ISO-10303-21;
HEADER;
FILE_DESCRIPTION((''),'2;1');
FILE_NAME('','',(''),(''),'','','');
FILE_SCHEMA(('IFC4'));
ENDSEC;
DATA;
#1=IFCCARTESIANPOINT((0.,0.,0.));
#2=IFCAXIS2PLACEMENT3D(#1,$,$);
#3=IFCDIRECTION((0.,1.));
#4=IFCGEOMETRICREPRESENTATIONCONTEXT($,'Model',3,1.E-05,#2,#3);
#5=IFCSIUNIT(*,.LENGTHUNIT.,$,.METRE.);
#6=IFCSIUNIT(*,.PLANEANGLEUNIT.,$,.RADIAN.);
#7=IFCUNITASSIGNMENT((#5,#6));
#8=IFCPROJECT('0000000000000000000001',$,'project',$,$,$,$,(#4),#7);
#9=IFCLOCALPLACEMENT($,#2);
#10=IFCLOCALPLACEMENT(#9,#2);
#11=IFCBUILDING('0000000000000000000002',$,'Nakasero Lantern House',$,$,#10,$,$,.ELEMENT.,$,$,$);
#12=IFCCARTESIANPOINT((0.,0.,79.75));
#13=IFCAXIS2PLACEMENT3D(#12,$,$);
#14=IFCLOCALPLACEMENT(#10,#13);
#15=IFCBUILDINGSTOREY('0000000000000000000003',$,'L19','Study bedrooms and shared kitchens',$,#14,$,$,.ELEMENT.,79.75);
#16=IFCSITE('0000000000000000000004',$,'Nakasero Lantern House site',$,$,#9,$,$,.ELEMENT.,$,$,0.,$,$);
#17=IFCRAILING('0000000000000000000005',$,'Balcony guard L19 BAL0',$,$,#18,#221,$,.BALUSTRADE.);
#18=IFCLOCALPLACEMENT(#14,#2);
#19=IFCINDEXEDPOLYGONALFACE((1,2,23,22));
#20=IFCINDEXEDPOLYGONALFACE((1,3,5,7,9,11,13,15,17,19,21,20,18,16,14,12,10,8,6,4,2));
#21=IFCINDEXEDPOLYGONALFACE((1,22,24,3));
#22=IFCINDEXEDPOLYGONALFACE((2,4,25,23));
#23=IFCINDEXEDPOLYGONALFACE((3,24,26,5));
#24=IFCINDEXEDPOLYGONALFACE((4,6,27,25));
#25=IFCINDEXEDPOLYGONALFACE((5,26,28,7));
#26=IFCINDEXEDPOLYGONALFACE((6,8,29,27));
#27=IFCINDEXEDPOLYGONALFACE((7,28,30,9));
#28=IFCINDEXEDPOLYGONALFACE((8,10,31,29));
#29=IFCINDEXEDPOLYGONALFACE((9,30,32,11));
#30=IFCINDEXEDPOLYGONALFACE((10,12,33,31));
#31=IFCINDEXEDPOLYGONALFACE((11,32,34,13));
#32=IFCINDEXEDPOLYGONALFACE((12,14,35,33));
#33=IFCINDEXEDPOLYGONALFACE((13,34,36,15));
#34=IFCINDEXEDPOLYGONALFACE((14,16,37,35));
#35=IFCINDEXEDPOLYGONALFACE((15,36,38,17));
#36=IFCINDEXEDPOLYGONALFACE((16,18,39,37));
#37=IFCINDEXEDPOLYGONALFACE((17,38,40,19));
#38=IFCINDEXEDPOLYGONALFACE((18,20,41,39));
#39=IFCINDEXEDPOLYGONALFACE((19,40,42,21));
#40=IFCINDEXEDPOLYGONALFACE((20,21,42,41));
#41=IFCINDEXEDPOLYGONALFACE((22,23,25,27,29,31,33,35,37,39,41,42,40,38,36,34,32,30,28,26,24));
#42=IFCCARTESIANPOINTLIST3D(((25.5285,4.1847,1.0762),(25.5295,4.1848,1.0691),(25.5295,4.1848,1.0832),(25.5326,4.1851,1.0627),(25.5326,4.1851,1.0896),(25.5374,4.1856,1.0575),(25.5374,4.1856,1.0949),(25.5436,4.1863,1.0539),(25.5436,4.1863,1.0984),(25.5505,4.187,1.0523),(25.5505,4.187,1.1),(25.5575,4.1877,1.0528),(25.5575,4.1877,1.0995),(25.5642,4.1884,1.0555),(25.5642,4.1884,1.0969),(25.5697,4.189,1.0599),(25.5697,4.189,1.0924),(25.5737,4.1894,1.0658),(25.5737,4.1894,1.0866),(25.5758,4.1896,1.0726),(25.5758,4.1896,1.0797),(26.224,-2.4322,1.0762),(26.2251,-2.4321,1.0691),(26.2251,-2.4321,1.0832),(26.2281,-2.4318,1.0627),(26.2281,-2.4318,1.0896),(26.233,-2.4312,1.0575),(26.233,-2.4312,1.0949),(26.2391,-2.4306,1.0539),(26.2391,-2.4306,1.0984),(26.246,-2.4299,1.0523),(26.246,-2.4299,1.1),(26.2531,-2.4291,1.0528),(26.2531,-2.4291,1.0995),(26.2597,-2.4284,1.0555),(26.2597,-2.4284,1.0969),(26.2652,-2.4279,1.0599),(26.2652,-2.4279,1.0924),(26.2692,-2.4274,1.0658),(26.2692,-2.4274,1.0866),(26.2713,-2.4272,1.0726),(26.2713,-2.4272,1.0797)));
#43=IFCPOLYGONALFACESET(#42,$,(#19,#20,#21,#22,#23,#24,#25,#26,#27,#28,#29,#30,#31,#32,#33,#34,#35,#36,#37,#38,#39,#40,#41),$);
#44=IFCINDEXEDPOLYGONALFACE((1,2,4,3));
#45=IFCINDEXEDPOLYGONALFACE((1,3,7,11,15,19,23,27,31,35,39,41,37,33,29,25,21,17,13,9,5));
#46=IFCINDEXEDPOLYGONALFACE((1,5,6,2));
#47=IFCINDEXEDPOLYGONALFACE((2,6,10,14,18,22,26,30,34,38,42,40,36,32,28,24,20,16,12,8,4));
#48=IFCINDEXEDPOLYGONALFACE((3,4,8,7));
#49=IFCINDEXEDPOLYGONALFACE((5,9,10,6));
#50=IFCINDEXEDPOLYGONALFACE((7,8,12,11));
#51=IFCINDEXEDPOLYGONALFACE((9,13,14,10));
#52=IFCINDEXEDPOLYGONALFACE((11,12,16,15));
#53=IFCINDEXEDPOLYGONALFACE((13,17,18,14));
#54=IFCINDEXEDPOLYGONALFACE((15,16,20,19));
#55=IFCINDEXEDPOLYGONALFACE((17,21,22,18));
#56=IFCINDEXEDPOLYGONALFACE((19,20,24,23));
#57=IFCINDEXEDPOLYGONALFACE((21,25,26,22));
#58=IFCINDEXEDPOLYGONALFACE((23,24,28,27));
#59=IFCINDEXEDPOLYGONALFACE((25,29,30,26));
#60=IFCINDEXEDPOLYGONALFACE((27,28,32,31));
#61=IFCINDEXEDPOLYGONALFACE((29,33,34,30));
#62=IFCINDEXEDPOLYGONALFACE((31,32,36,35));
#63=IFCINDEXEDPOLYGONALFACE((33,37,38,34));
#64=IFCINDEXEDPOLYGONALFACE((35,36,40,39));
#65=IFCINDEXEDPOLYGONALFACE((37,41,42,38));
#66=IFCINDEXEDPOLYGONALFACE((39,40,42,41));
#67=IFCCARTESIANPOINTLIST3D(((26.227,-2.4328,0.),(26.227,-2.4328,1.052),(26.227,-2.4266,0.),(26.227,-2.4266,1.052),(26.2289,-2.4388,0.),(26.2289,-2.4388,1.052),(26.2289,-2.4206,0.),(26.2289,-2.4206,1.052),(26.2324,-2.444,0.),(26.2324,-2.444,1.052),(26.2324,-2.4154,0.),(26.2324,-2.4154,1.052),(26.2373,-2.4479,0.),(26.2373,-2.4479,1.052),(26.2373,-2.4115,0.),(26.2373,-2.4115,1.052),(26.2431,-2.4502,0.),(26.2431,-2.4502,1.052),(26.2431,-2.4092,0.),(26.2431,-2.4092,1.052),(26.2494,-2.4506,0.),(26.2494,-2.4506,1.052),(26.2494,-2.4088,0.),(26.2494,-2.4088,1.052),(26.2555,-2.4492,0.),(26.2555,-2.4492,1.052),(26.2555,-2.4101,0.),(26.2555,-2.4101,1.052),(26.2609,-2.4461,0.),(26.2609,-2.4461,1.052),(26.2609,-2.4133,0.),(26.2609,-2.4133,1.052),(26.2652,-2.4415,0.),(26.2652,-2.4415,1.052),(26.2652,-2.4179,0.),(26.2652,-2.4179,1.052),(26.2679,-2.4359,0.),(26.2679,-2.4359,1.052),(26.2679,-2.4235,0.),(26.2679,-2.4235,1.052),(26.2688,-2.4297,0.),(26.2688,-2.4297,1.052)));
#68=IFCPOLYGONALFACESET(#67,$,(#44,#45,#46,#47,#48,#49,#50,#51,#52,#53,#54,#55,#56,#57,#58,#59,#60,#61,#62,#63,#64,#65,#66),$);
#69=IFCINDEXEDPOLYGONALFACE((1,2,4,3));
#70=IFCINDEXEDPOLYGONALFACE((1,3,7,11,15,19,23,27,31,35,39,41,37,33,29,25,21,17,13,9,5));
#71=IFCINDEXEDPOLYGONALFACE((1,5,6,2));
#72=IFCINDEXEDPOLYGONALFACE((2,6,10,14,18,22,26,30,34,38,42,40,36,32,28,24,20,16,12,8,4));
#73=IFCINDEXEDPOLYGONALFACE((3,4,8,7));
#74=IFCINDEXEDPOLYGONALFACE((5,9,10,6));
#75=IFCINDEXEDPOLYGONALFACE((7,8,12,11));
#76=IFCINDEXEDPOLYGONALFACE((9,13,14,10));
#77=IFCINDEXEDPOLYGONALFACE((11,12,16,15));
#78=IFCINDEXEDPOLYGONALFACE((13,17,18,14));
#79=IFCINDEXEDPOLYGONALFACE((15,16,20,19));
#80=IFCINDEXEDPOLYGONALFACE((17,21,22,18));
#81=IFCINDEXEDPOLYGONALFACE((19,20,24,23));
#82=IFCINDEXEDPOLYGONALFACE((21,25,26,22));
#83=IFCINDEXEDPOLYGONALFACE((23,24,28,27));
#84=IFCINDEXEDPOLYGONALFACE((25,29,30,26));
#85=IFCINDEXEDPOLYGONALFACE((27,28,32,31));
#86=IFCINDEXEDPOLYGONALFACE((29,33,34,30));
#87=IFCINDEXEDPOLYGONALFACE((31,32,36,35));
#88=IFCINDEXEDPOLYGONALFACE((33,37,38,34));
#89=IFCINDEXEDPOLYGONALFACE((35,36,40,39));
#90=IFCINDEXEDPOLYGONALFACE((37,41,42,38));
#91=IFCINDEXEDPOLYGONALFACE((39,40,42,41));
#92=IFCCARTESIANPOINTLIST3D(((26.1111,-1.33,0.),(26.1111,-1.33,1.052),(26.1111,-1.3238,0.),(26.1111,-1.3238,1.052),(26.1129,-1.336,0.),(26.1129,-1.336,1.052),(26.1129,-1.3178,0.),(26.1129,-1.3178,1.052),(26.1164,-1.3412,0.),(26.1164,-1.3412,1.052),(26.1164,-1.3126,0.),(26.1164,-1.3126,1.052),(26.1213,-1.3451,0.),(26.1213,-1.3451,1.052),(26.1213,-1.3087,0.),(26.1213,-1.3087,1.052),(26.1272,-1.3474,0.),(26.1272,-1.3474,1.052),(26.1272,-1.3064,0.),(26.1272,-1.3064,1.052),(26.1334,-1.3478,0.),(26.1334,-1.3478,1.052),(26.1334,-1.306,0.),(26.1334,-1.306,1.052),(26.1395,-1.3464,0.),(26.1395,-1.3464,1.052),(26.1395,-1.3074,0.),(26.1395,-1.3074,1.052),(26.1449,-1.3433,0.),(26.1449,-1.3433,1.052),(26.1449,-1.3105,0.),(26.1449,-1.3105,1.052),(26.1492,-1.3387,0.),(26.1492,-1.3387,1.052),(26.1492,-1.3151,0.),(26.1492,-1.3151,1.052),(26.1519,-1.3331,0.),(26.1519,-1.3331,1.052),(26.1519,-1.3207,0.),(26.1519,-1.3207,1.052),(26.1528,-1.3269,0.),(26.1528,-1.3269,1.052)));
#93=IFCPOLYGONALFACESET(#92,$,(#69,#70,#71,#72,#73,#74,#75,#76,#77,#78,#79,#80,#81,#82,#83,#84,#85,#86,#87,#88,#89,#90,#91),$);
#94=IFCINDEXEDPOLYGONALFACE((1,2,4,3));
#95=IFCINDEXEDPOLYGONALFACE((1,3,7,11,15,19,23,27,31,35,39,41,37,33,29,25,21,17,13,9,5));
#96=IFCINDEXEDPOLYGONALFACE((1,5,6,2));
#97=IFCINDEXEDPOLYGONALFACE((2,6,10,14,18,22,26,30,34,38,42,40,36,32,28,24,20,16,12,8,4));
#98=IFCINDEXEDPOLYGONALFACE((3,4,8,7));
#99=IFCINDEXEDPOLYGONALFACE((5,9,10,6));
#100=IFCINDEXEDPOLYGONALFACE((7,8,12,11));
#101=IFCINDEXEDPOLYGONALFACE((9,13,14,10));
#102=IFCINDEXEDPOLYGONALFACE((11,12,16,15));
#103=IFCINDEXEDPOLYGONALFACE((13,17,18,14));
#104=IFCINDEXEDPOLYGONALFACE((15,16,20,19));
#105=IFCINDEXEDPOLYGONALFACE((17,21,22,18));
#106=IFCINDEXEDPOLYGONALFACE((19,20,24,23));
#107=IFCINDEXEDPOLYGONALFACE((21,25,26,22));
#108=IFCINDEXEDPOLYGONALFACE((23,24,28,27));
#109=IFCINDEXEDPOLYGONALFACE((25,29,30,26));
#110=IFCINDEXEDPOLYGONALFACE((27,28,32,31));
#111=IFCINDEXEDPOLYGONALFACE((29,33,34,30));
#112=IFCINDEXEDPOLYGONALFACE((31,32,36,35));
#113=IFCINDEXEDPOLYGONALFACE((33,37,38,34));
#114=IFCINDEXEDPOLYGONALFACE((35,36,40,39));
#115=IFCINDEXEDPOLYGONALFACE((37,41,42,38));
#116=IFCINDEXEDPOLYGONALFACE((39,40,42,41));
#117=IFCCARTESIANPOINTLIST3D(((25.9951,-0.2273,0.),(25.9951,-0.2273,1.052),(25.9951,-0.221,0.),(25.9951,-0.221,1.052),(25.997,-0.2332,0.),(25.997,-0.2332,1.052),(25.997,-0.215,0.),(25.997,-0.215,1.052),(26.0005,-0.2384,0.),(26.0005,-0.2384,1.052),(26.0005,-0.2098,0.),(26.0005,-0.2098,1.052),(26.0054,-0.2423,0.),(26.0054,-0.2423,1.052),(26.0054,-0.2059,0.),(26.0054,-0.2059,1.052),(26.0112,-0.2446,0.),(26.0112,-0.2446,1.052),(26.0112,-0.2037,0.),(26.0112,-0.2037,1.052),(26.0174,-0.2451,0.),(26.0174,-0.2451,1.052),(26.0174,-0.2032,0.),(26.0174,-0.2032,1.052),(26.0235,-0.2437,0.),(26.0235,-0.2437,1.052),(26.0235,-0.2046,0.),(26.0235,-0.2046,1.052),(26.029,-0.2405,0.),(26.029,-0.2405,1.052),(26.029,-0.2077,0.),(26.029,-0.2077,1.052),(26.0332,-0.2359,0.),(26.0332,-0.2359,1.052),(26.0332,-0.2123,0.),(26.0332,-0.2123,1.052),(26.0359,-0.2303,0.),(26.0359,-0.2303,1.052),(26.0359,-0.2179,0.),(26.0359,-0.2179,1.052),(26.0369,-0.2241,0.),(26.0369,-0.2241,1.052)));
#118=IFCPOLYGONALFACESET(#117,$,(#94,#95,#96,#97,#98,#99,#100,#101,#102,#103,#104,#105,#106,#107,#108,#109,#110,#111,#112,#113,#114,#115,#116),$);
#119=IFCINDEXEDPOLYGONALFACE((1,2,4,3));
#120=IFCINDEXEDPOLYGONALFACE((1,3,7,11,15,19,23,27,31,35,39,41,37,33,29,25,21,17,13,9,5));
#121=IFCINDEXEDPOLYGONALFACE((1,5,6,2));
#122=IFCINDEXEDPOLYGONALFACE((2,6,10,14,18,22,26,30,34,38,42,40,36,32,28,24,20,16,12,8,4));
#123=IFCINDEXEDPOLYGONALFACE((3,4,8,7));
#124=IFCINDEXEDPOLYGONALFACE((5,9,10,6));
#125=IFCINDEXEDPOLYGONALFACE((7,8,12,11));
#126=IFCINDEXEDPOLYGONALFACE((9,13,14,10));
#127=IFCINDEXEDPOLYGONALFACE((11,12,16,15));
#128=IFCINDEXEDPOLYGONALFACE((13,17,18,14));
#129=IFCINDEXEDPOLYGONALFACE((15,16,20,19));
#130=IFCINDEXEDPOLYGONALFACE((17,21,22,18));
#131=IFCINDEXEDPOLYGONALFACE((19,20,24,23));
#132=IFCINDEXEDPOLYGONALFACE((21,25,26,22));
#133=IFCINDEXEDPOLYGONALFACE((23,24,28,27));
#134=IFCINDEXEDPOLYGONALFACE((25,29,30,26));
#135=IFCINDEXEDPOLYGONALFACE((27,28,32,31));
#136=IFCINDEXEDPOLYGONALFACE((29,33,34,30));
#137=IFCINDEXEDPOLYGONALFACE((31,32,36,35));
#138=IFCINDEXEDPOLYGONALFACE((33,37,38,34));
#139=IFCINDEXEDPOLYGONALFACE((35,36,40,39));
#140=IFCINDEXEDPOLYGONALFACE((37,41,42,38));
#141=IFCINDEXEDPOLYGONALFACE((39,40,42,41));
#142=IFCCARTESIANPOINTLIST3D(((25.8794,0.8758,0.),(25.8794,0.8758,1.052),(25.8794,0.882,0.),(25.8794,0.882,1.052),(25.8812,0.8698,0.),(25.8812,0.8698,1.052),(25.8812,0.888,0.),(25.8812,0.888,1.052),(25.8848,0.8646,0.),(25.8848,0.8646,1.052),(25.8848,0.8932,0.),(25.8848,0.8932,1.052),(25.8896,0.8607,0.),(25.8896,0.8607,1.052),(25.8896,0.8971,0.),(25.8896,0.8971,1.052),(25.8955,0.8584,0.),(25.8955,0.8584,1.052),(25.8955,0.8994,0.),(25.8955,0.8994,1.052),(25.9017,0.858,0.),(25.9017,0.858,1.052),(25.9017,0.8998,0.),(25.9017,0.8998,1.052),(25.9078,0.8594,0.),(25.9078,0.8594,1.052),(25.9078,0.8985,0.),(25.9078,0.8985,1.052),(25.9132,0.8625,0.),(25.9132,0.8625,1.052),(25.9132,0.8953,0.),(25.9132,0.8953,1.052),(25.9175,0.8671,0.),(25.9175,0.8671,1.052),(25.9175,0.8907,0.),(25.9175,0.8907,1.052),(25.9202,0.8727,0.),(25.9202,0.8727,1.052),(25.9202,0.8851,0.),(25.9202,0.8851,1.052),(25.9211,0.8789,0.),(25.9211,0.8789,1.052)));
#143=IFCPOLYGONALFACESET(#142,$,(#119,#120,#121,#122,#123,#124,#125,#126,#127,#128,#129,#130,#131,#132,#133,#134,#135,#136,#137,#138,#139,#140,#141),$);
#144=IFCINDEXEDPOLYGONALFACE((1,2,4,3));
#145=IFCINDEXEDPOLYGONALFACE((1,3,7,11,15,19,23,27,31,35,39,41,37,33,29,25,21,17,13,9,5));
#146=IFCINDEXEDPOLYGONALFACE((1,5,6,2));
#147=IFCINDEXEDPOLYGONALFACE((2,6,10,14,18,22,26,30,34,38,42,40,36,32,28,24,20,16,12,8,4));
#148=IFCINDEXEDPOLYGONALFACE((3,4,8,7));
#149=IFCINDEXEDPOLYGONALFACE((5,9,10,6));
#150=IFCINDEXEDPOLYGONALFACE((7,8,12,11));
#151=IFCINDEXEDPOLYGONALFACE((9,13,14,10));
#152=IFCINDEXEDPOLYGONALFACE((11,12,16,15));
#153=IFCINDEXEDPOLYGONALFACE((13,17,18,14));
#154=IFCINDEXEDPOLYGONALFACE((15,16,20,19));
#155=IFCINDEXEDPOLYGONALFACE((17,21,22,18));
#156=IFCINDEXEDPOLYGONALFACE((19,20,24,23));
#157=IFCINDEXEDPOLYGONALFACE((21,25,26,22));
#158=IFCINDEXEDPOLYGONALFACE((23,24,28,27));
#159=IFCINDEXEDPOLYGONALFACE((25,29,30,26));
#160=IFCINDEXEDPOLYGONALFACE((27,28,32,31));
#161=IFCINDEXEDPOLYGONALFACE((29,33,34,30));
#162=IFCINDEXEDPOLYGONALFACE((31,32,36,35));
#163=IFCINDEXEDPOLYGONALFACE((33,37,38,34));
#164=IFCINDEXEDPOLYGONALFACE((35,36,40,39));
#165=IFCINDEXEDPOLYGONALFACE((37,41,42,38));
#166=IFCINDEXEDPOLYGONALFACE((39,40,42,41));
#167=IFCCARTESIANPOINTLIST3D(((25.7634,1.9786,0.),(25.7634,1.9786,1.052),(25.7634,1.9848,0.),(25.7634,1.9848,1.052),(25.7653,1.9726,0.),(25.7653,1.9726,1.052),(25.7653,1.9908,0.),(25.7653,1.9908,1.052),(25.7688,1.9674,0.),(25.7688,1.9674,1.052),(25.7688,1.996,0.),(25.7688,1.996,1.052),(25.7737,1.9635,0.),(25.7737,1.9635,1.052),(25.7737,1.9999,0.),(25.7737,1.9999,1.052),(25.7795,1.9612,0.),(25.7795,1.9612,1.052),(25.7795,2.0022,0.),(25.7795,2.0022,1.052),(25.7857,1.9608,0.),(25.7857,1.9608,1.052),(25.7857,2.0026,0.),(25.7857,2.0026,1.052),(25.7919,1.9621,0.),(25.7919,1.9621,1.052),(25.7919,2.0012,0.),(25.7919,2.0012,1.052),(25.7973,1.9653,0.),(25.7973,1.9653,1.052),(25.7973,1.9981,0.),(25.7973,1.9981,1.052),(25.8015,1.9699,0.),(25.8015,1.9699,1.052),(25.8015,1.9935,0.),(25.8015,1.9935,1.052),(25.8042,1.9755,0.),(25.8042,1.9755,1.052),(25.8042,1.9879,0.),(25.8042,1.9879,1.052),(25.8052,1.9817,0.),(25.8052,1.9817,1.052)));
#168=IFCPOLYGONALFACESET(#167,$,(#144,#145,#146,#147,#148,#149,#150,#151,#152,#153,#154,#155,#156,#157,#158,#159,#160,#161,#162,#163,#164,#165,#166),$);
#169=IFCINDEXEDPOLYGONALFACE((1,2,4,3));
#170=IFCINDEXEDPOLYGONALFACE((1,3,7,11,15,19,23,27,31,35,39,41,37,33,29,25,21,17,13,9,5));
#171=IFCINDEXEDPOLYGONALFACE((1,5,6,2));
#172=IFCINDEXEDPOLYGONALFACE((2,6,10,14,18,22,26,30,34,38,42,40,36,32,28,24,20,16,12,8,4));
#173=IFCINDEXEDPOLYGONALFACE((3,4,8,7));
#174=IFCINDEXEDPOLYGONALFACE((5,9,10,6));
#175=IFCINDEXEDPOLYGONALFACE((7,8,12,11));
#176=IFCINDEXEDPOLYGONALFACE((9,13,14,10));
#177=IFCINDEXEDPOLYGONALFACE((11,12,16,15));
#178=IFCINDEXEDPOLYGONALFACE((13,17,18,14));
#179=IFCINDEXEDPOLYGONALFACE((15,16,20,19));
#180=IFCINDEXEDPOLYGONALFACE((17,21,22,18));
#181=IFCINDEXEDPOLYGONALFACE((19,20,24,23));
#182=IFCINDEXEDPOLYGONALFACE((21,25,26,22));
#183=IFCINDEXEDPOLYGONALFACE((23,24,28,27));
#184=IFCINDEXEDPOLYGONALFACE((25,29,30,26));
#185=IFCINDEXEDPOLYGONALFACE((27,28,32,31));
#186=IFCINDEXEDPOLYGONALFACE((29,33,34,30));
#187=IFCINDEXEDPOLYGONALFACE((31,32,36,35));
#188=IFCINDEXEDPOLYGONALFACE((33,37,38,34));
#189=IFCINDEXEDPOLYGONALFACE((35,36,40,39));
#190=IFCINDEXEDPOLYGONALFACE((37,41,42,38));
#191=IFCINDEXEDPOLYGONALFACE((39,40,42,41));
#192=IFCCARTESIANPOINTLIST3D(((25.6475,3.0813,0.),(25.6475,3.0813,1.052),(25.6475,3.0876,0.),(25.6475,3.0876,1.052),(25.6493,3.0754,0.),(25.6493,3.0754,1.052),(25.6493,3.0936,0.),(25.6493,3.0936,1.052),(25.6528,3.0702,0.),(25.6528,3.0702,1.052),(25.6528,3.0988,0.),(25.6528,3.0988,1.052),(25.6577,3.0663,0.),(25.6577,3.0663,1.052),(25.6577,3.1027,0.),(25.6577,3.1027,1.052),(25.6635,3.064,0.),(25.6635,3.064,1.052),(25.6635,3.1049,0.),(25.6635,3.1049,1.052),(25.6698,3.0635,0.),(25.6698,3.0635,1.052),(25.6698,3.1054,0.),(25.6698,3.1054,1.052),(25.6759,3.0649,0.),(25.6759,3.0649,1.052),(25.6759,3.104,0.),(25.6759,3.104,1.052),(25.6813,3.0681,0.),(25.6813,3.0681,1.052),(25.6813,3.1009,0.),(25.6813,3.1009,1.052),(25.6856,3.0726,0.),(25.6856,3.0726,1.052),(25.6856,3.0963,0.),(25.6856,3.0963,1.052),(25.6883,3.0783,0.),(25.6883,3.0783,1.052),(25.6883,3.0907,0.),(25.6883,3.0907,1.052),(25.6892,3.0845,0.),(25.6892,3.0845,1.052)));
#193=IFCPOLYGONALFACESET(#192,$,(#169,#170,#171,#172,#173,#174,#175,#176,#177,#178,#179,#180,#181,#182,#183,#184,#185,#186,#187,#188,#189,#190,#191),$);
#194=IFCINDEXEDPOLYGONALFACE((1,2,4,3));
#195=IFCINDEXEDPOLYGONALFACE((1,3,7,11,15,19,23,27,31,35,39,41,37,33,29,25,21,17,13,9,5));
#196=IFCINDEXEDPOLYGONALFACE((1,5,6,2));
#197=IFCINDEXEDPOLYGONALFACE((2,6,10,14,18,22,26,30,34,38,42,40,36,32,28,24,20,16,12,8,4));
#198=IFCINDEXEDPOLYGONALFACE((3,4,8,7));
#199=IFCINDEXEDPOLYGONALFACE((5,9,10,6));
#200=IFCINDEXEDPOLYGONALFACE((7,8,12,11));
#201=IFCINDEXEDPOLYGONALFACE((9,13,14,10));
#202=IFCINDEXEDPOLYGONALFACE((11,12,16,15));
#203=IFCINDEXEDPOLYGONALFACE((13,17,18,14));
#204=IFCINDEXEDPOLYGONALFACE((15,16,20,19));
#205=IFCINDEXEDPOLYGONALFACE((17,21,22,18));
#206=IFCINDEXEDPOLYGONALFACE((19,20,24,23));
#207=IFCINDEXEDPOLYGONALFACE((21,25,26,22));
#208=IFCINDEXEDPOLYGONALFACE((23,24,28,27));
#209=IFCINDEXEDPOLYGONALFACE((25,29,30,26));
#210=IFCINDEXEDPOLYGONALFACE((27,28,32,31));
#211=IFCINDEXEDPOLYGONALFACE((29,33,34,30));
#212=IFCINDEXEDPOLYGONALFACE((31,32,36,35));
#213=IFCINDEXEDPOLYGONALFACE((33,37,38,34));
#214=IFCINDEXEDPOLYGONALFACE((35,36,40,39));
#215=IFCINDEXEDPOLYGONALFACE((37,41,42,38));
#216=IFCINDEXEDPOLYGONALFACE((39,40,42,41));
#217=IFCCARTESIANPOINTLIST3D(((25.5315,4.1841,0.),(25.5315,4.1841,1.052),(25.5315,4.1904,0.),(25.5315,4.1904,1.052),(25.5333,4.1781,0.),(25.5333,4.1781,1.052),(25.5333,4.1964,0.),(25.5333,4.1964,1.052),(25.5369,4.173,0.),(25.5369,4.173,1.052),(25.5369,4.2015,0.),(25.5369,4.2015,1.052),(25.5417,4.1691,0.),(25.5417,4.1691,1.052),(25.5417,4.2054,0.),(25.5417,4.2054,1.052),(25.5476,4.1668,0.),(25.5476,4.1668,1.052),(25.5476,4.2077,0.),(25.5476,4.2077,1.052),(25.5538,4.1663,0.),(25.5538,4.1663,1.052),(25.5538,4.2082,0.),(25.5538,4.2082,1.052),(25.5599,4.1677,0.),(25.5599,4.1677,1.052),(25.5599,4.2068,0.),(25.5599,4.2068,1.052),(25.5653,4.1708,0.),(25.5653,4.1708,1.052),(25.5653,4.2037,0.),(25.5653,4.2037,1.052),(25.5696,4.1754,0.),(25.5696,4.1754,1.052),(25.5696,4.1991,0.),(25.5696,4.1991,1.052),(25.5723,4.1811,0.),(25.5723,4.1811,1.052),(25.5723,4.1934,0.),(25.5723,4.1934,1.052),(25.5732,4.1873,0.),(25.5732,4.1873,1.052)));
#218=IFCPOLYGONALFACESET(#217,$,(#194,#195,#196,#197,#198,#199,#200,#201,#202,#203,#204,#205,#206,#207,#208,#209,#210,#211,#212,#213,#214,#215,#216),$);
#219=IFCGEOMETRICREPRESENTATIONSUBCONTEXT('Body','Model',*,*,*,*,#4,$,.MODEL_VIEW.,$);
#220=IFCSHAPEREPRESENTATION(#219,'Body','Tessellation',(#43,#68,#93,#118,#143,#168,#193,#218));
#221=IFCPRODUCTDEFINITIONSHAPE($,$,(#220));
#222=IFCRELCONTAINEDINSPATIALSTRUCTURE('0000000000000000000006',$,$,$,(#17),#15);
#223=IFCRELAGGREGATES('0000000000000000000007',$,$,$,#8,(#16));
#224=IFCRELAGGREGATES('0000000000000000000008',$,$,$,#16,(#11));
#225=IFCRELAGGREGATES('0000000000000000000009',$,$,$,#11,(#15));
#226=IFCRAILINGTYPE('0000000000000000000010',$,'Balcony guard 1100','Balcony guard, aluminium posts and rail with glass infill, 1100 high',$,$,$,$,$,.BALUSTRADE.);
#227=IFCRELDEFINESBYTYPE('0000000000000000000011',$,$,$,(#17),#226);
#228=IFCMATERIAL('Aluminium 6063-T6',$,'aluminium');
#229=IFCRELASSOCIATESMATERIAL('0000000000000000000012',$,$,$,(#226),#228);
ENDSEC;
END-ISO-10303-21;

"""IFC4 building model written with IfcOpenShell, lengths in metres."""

from ifc_helpers import new_model, si_unit, direction, frame, origin, origin_2d, place, context, subcontext, project, spatial, circle, extrude, material, type_object, element, save


model = new_model("IFC4")

# Units and contexts
model_context = context("Model", 3, precision=1e-05, world=origin(), true_north=direction((0.0, 1.0)))
body_context = subcontext(model_context, "Body", "Model", "MODEL_VIEW")
ifc_project = project(units=[si_unit("LENGTHUNIT", "METRE"), si_unit("PLANEANGLEUNIT", "RADIAN")], contexts=[model_context])

# Site, building, storey
site_placement = place(None, origin())
site = spatial("IfcSite", under=ifc_project, at=site_placement, Name="Nakasero Lantern House site", CompositionType="ELEMENT", RefElevation=0.0)
building_placement = place(site_placement, origin())
building = spatial("IfcBuilding", under=site, at=building_placement, Name="Nakasero Lantern House", CompositionType="ELEMENT")
storey_placement = place(building_placement, frame((0.0, 0.0, 79.75)))
storey = spatial("IfcBuildingStorey", under=building, at=storey_placement, Name="L19", Description="Study bedrooms and shared kitchens", CompositionType="ELEMENT", Elevation=79.75)

# Railing
ifc_material_1 = material(Name="Aluminium 6063-T6", Category="aluminium")
railing_type = type_object("IfcRailingType", Name="Balcony guard 1100", Description="Balcony guard, aluminium posts and rail with glass infill, 1100 high", PredefinedType="BALUSTRADE", material=ifc_material_1)
railing_placement = place(storey_placement, frame((26.2478, -2.4297, 0.0)))
element("IfcRailing", 1, at=railing_placement, inside=storey, type_object=railing_type, Name="Balcony guard L19 BAL0", PredefinedType="BALUSTRADE", context=body_context, shape_type="SweptSolid", body=[
    extrude(circle(Radius=0.0239, at=origin_2d()), frame((0.0, 0.0, 1.0762), z_axis=(-0.104542, 0.994521, 0.0), x_axis=(-0.994521, -0.104542, 0.0)), (0.0, 0.0, 1.0), 6.6533),
    extrude(circle(Radius=0.021, at=origin_2d()), origin(), (0.0, 0.0, 1.0), 1.052),
    extrude(circle(Radius=0.021, at=origin_2d()), frame((-0.116, 1.1028, 0.0)), (0.0, 0.0, 1.0), 1.052),
    extrude(circle(Radius=0.021, at=origin_2d()), frame((-0.2319, 2.2056, 0.0)), (0.0, 0.0, 1.0), 1.052),
    extrude(circle(Radius=0.021, at=origin_2d()), frame((-0.3477, 3.3086, 0.0)), (0.0, 0.0, 1.0), 1.052),
    extrude(circle(Radius=0.021, at=origin_2d()), frame((-0.4636, 4.4114, 0.0)), (0.0, 0.0, 1.0), 1.052),
    extrude(circle(Radius=0.021, at=origin_2d()), frame((-0.5796, 5.5142, 0.0)), (0.0, 0.0, 1.0), 1.052),
    extrude(circle(Radius=0.021, at=origin_2d()), frame((-0.6956, 6.6169, 0.0)), (0.0, 0.0, 1.0), 1.052),
])

save(model, "model.ifc")
